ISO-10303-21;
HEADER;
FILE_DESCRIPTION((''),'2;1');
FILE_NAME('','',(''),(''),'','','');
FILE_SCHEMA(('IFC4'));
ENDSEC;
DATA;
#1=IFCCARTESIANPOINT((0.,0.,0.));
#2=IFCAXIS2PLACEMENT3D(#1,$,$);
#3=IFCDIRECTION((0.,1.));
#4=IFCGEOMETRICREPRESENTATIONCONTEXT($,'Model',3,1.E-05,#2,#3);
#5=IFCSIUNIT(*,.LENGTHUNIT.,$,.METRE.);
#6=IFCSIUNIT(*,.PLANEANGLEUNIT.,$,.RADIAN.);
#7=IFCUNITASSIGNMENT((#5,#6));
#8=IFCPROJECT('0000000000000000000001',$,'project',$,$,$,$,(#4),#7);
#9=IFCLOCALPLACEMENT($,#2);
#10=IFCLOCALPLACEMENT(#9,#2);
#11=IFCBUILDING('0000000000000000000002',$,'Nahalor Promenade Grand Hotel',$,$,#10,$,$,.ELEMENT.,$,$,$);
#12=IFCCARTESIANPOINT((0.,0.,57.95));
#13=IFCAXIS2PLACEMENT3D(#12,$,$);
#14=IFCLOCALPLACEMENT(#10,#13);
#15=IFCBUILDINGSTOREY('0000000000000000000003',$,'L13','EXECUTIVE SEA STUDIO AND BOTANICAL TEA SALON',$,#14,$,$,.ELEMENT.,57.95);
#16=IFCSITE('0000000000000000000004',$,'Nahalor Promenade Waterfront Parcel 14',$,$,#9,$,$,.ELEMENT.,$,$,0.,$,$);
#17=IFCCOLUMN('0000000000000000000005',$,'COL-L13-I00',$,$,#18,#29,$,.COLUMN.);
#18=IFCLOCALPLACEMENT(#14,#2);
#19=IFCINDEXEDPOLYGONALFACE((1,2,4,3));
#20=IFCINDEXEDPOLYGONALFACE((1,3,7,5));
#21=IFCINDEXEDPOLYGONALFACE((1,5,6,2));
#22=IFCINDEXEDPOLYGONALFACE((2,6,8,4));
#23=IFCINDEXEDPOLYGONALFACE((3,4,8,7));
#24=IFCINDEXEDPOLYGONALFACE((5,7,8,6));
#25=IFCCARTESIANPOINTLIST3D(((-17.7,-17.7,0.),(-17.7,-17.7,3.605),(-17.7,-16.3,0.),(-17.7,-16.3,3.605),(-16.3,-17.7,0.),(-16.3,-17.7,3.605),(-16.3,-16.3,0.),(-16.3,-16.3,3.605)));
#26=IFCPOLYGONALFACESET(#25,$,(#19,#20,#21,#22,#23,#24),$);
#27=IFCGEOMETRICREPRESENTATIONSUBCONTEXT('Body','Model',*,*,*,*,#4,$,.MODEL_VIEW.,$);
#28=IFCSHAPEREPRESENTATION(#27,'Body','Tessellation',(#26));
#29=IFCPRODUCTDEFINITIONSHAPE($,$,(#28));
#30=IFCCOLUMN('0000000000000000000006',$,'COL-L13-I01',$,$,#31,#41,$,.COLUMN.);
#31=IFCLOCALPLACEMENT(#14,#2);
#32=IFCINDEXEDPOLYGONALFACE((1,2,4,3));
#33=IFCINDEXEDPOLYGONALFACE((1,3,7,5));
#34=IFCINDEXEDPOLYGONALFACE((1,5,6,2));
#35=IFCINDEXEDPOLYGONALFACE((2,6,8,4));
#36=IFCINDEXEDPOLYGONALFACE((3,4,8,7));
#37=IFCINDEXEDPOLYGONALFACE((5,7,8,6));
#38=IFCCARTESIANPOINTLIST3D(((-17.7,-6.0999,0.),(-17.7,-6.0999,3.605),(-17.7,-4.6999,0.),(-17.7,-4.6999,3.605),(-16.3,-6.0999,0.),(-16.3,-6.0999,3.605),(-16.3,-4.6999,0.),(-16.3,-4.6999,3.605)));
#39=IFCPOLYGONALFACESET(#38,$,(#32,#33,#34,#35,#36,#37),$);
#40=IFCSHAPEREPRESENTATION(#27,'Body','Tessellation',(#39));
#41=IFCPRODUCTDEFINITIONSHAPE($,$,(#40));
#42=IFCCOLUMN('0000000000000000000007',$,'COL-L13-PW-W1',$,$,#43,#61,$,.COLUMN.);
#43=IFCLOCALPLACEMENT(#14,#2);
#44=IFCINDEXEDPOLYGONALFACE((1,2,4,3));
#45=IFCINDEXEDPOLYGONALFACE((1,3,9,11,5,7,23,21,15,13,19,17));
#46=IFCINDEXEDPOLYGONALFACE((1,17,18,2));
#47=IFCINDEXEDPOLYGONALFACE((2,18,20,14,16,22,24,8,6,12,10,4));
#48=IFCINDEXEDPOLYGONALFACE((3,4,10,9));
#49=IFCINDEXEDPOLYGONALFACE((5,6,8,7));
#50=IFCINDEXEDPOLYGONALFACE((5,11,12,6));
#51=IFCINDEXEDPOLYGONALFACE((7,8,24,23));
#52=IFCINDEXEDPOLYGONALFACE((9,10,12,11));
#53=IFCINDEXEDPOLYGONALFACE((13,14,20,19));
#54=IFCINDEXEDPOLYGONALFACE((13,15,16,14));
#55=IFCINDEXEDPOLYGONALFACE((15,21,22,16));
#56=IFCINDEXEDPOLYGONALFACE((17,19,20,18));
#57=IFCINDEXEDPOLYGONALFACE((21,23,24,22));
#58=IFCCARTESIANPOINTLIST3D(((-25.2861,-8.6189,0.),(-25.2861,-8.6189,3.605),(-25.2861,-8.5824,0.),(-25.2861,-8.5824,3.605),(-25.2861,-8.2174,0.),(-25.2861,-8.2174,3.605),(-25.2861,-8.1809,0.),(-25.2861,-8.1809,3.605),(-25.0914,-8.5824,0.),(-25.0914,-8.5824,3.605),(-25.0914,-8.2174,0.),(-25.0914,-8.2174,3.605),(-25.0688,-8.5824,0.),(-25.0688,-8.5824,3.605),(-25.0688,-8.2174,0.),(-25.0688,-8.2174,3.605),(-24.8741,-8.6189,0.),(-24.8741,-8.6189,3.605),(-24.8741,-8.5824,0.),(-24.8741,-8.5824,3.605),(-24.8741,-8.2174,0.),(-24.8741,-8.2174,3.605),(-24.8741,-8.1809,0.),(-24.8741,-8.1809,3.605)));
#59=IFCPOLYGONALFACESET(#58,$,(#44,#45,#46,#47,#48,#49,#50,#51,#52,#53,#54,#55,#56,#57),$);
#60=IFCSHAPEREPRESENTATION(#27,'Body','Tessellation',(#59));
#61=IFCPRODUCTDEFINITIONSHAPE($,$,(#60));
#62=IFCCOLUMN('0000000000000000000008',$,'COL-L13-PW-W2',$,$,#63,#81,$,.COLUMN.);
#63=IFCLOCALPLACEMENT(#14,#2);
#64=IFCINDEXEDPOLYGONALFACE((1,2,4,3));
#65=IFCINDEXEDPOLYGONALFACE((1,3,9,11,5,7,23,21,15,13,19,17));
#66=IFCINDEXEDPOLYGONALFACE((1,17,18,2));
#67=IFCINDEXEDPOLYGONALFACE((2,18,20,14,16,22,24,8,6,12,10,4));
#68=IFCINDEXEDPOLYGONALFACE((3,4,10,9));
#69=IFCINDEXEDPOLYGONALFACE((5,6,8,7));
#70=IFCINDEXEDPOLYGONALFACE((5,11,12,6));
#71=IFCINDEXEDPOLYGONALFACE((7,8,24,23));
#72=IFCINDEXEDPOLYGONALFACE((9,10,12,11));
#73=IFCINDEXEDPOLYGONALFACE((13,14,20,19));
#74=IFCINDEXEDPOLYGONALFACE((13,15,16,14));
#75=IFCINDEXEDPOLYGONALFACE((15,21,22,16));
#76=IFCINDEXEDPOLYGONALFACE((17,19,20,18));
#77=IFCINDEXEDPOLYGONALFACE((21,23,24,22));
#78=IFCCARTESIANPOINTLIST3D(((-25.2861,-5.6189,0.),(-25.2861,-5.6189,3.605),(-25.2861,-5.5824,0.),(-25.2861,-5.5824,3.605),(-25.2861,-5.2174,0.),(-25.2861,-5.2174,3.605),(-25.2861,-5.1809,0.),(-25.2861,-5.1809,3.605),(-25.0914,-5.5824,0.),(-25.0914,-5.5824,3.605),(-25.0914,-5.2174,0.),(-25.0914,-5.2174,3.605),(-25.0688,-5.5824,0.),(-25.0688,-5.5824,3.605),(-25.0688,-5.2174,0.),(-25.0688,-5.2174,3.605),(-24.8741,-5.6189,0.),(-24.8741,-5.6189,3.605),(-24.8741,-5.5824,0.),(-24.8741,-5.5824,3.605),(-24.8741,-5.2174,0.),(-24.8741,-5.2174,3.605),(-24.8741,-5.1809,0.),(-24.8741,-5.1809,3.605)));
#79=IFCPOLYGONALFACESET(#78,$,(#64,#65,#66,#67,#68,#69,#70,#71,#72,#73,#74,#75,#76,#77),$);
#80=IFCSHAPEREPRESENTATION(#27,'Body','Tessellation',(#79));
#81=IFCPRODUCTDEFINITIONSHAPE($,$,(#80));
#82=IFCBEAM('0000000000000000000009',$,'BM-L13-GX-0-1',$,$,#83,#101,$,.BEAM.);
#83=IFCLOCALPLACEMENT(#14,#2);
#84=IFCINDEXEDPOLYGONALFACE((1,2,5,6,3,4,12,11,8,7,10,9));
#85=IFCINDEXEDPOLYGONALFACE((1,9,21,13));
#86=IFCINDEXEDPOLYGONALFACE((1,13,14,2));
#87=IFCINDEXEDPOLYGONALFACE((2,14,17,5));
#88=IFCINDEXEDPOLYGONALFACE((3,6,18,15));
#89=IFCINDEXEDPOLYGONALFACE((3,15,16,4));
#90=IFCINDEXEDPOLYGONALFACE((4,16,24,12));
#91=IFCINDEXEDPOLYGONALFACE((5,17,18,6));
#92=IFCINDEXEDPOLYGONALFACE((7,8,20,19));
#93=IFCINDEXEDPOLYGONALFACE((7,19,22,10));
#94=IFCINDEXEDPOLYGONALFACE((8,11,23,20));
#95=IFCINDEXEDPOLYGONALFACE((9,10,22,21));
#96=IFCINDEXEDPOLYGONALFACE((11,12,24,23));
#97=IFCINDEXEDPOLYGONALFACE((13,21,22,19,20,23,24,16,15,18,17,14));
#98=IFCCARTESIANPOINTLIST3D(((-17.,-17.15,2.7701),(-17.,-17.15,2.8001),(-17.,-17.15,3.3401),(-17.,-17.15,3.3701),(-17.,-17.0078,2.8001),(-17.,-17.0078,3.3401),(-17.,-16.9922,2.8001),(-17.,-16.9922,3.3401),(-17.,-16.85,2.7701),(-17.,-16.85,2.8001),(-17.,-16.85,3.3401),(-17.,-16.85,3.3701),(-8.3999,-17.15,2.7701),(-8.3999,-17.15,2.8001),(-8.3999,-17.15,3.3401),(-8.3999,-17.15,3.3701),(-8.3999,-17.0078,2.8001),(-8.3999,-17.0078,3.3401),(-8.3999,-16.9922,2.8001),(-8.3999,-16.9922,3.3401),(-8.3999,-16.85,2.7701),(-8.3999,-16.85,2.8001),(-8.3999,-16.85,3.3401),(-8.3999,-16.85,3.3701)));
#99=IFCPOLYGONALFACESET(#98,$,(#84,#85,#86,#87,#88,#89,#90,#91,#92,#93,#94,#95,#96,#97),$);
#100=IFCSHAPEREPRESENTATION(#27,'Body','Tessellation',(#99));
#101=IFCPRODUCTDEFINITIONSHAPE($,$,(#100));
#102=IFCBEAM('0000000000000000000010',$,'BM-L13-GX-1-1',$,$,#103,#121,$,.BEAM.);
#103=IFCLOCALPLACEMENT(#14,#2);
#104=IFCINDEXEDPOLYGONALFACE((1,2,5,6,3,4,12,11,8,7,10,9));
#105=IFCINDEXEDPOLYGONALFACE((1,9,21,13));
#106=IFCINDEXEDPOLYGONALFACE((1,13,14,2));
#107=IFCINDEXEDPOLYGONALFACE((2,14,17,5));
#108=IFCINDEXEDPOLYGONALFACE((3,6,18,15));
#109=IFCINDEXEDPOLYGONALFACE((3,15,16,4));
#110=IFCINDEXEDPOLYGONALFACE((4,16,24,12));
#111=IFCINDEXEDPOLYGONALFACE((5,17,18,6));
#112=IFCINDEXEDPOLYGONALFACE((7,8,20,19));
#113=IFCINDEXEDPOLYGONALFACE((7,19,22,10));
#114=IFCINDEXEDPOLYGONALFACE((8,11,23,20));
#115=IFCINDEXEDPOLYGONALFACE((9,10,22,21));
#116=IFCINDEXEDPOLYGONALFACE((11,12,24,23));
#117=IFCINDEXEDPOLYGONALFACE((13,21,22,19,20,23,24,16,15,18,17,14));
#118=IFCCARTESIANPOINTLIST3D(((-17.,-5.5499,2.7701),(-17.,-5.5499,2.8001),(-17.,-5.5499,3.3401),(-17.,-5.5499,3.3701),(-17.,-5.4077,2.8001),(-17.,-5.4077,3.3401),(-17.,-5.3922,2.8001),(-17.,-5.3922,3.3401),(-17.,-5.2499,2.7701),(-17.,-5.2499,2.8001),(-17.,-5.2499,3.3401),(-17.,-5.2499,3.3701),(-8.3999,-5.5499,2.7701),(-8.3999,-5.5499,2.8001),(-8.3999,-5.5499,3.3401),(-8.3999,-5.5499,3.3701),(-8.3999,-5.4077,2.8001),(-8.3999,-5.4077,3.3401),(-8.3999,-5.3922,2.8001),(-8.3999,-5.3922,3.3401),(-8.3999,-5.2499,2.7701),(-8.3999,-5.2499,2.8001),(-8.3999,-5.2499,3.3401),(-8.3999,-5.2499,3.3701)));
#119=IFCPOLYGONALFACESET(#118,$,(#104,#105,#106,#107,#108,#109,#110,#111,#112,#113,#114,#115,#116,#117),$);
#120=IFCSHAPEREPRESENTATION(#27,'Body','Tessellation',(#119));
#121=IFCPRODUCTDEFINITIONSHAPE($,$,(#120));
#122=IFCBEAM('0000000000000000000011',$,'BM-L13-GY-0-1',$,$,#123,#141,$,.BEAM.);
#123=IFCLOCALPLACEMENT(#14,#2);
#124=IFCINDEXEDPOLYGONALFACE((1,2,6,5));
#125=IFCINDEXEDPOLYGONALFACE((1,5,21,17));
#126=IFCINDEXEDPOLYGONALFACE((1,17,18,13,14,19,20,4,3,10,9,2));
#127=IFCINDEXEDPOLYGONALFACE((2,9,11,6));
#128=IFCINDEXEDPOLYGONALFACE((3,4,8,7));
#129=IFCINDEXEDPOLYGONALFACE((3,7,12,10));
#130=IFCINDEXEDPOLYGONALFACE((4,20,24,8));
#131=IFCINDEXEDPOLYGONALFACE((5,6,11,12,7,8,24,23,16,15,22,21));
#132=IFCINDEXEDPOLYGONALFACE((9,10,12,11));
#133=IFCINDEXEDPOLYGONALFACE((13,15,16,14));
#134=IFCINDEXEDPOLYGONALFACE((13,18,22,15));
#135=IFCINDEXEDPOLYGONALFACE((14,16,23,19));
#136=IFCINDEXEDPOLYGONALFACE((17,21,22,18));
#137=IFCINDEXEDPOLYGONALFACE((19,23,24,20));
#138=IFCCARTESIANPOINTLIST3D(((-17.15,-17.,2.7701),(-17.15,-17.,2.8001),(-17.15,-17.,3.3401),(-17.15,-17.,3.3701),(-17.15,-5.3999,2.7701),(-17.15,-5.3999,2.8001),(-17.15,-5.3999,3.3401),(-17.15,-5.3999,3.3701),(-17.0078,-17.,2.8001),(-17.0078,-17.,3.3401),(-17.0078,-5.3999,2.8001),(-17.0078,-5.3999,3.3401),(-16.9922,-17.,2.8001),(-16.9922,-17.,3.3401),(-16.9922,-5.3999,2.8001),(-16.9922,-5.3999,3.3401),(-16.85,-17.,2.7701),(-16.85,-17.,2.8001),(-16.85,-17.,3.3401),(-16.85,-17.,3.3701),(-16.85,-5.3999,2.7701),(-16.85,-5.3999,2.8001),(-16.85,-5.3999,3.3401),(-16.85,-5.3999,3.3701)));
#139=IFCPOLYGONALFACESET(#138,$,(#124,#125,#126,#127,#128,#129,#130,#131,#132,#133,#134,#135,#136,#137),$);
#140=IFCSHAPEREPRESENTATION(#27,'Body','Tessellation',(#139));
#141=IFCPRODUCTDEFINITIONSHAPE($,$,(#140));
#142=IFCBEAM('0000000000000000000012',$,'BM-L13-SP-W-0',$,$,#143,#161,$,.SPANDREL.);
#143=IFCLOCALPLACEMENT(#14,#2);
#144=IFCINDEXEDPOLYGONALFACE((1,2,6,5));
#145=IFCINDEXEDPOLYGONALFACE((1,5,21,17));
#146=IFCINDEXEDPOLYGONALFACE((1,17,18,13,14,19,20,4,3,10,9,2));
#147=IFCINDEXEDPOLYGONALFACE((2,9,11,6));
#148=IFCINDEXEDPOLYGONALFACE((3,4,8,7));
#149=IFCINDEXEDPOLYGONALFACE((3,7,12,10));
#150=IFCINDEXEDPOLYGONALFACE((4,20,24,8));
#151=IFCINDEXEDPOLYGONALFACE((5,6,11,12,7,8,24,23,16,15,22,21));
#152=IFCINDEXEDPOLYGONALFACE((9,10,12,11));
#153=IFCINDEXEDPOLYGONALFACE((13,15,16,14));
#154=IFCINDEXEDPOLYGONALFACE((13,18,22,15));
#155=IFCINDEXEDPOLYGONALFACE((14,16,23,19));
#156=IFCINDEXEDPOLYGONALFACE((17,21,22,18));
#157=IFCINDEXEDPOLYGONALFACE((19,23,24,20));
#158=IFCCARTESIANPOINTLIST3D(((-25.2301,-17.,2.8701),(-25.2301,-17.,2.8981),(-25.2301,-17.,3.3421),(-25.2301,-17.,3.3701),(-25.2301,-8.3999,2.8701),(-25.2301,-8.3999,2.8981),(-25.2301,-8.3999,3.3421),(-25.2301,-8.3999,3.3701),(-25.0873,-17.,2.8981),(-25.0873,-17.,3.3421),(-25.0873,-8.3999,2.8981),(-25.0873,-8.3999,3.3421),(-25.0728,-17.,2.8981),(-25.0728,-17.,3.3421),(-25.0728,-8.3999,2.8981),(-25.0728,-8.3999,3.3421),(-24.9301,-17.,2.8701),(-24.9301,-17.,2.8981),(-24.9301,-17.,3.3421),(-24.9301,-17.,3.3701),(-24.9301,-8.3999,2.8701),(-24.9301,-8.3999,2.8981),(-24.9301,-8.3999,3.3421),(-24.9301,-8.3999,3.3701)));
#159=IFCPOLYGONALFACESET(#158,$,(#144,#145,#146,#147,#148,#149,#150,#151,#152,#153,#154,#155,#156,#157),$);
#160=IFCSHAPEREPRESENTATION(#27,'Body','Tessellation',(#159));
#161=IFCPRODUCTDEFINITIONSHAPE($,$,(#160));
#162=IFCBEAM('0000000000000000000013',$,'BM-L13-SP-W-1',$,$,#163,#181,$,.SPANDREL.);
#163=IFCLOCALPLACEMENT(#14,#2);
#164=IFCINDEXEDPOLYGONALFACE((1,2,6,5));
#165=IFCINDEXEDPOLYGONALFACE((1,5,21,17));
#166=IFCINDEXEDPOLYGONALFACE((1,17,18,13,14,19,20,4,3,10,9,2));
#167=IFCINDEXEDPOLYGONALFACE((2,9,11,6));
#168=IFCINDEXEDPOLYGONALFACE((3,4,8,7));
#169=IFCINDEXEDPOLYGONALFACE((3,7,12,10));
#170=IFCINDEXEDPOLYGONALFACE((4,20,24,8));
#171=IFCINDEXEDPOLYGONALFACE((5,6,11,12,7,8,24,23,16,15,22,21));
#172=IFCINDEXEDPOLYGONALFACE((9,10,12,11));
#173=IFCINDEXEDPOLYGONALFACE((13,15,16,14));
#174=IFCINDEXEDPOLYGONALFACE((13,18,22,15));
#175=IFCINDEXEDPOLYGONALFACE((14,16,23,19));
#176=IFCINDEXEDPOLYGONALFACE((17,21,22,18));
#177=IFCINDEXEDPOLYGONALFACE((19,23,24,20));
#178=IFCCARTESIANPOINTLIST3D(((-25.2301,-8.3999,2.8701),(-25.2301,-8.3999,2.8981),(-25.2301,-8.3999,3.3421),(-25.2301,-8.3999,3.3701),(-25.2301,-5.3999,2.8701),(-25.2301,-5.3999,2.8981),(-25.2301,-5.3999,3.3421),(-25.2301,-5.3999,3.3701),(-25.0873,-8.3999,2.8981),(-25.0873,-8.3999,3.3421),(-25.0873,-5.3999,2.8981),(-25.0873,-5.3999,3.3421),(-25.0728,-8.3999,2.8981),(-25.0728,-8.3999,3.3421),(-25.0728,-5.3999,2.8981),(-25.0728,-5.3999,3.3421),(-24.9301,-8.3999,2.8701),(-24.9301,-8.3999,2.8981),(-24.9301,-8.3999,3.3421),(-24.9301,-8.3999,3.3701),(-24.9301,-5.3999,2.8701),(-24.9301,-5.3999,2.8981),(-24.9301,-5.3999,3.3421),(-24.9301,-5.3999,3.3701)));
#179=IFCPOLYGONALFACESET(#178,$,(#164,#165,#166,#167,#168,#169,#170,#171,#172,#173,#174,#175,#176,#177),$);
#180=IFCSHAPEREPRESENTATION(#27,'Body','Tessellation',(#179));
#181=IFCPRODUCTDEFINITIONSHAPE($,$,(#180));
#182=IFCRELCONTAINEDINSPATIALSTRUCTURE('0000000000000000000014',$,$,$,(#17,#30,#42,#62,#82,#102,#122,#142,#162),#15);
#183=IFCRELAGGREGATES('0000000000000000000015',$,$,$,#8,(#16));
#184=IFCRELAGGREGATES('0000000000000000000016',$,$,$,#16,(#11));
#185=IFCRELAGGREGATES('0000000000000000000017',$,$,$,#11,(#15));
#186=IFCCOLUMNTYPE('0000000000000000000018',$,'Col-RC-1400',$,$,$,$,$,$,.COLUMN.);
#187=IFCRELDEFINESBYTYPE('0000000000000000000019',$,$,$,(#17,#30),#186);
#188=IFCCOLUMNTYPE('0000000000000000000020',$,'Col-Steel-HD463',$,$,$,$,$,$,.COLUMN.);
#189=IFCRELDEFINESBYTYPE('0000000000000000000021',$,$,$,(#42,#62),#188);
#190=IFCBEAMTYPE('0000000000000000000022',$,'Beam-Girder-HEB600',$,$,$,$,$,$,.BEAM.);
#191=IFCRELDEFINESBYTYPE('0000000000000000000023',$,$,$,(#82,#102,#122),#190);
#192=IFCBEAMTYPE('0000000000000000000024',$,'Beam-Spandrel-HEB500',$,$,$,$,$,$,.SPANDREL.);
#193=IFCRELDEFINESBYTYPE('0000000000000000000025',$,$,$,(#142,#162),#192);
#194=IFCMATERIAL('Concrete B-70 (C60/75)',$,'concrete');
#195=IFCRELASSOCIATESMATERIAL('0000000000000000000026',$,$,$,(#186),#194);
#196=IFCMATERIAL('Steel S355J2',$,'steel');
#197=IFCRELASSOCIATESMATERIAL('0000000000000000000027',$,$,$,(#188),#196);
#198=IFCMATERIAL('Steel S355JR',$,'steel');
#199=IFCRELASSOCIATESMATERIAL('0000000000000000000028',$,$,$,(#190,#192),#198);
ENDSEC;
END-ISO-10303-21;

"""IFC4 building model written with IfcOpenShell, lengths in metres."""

from ifc_helpers import new_model, si_unit, direction, frame, origin, origin_2d, place, context, subcontext, project, spatial, rectangle, i_section, extrude, source, transform, mapped, material, material_profile, profile_set, type_object, element, save


model = new_model("IFC4")

# Units and contexts
model_context = context("Model", 3, precision=1e-05, world=origin(), true_north=direction((0.0, 1.0)))
body_context = subcontext(model_context, "Body", "Model", "MODEL_VIEW")
ifc_project = project(units=[si_unit("LENGTHUNIT", "METRE"), si_unit("PLANEANGLEUNIT", "RADIAN")], contexts=[model_context])

# Site, building, storey
site_placement = place(None, origin())
site = spatial("IfcSite", under=ifc_project, at=site_placement, Name="Nahalor Promenade Waterfront Parcel 14", CompositionType="ELEMENT", RefElevation=0.0)
building_placement = place(site_placement, origin())
building = spatial("IfcBuilding", under=site, at=building_placement, Name="Nahalor Promenade Grand Hotel", CompositionType="ELEMENT")
storey_placement = place(building_placement, frame((0.0, 0.0, 57.95)))
storey = spatial("IfcBuildingStorey", under=building, at=storey_placement, Name="L13", Description="EXECUTIVE SEA STUDIO AND BOTANICAL TEA SALON", CompositionType="ELEMENT", Elevation=57.95)

# Columns
ifc_material_1 = material(Name="Concrete B-70 (C60/75)", Category="concrete")
ifc_material_profile_1 = material_profile(ifc_material_1, rectangle(XDim=1.4, YDim=1.4, at=origin_2d()), Name="RC 1400x1400")
ifc_profile_set_1 = profile_set([ifc_material_profile_1], Name="Concrete B-70 (C60/75)")
column_type_1 = type_object("IfcColumnType", Name="Col-RC-1400", PredefinedType="COLUMN", material=ifc_profile_set_1)
shared_shape_1 = source(origin(), body_context, "Body", "SweptSolid", [
    extrude(rectangle(XDim=1.4, YDim=1.4, at=origin_2d()), origin(), (0.0, 0.0, 1.0), 3.605),
])
for number, where, z_axis, x_axis, name in (
    (1, (-17.0, -17.0, 0.0), (0.0, 0.0, 1.0), (1.0, 0.0, 0.0), "COL-L13-I00"),
    (2, (-17.0, -5.3999, 0.0), (0.0, 0.0, 1.0), (1.0, 0.0, 0.0), "COL-L13-I01"),
):
    element("IfcColumn", number, at=place(storey_placement, frame(where, z_axis=z_axis, x_axis=x_axis)), inside=storey, type_object=column_type_1, Name=name, PredefinedType="COLUMN", context=body_context, shape_type="MappedRepresentation", body=[
        mapped(shared_shape_1, transform((0.0, 0.0, 0.0), scale=1.0)),
    ])
ifc_material_2 = material(Name="Steel S355J2", Category="steel")
ifc_material_profile_2 = material_profile(ifc_material_2, i_section(OverallWidth=0.412, OverallDepth=0.438, WebThickness=0.0226, FlangeThickness=0.0365, at=origin_2d()), Name="HD 400x463")
ifc_profile_set_2 = profile_set([ifc_material_profile_2], Name="Steel S355J2")
column_type_2 = type_object("IfcColumnType", Name="Col-Steel-HD463", PredefinedType="COLUMN", material=ifc_profile_set_2)
shared_shape_2 = source(origin(), body_context, "Body", "SweptSolid", [
    extrude(i_section(OverallWidth=0.412, OverallDepth=0.438, WebThickness=0.0226, FlangeThickness=0.0365, at=origin_2d()), origin(), (0.0, 0.0, 1.0), 3.605),
])
for number, where, z_axis, x_axis, name in (
    (3, (-25.0801, -8.3999, 0.0), (0.0, 0.0, 1.0), (1.0, 0.0, 0.0), "COL-L13-PW-W1"),
    (4, (-25.0801, -5.3999, 0.0), (0.0, 0.0, 1.0), (1.0, 0.0, 0.0), "COL-L13-PW-W2"),
):
    element("IfcColumn", number, at=place(storey_placement, frame(where, z_axis=z_axis, x_axis=x_axis)), inside=storey, type_object=column_type_2, Name=name, PredefinedType="COLUMN", context=body_context, shape_type="MappedRepresentation", body=[
        mapped(shared_shape_2, transform((0.0, 0.0, 0.0), scale=1.0)),
    ])

# Beams
ifc_material_3 = material(Name="Steel S355JR", Category="steel")
ifc_material_profile_3 = material_profile(ifc_material_3, i_section(OverallWidth=0.3, OverallDepth=0.6, WebThickness=0.0155, FlangeThickness=0.03, at=origin_2d()), Name="HEB 600")
ifc_profile_set_3 = profile_set([ifc_material_profile_3], Name="Steel S355JR")
beam_type_1 = type_object("IfcBeamType", Name="Beam-Girder-HEB600", PredefinedType="BEAM", material=ifc_profile_set_3)
shared_shape_3 = source(origin(), body_context, "Body", "SweptSolid", [
    extrude(i_section(OverallWidth=0.3, OverallDepth=0.6, WebThickness=0.0155, FlangeThickness=0.03, at=origin_2d()), origin(), (0.0, 0.0, 1.0), 8.6001),
])
for number, where, z_axis, x_axis, name in (
    (5, (-17.0, -17.0, 3.0701), (1.0, 0.0, 0.0), (0.0, 1.0, 0.0), "BM-L13-GX-0-1"),
    (6, (-17.0, -5.3999, 3.0701), (1.0, 0.0, 0.0), (0.0, 1.0, 0.0), "BM-L13-GX-1-1"),
):
    element("IfcBeam", number, at=place(storey_placement, frame(where, z_axis=z_axis, x_axis=x_axis)), inside=storey, type_object=beam_type_1, Name=name, PredefinedType="BEAM", context=body_context, shape_type="MappedRepresentation", body=[
        mapped(shared_shape_3, transform((0.0, 0.0, 0.0), scale=1.0)),
    ])
shared_shape_4 = source(origin(), body_context, "Body", "SweptSolid", [
    extrude(i_section(OverallWidth=0.3, OverallDepth=0.6, WebThickness=0.0155, FlangeThickness=0.03, at=origin_2d()), origin(), (0.0, 0.0, 1.0), 11.6001),
])
beam_1_placement = place(storey_placement, frame((-17.0, -17.0, 3.0701), z_axis=(0.0, 1.0, 0.0), x_axis=(-1.0, 0.0, 0.0)))
element("IfcBeam", 7, at=beam_1_placement, inside=storey, type_object=beam_type_1, Name="BM-L13-GY-0-1", PredefinedType="BEAM", context=body_context, shape_type="MappedRepresentation", body=[
    mapped(shared_shape_4, transform((0.0, 0.0, 0.0), scale=1.0)),
])
ifc_material_profile_4 = material_profile(ifc_material_3, i_section(OverallWidth=0.3, OverallDepth=0.5, WebThickness=0.0145, FlangeThickness=0.028, at=origin_2d()), Name="HEB 500")
ifc_profile_set_4 = profile_set([ifc_material_profile_4], Name="Steel S355JR")
beam_type_2 = type_object("IfcBeamType", Name="Beam-Spandrel-HEB500", PredefinedType="SPANDREL", material=ifc_profile_set_4)
shared_shape_5 = source(origin(), body_context, "Body", "SweptSolid", [
    extrude(i_section(OverallWidth=0.3, OverallDepth=0.5, WebThickness=0.0145, FlangeThickness=0.028, at=origin_2d()), origin(), (0.0, 0.0, 1.0), 8.6001),
])
beam_2_placement = place(storey_placement, frame((-25.0801, -17.0, 3.1201), z_axis=(0.0, 1.0, 0.0), x_axis=(-1.0, 0.0, 0.0)))
element("IfcBeam", 8, at=beam_2_placement, inside=storey, type_object=beam_type_2, Name="BM-L13-SP-W-0", PredefinedType="SPANDREL", context=body_context, shape_type="MappedRepresentation", body=[
    mapped(shared_shape_5, transform((0.0, 0.0, 0.0), scale=1.0)),
])
shared_shape_6 = source(origin(), body_context, "Body", "SweptSolid", [
    extrude(i_section(OverallWidth=0.3, OverallDepth=0.5, WebThickness=0.0145, FlangeThickness=0.028, at=origin_2d()), origin(), (0.0, 0.0, 1.0), 3.0),
])
beam_3_placement = place(storey_placement, frame((-25.0801, -8.3999, 3.1201), z_axis=(0.0, 1.0, 0.0), x_axis=(-1.0, 0.0, 0.0)))
element("IfcBeam", 9, at=beam_3_placement, inside=storey, type_object=beam_type_2, Name="BM-L13-SP-W-1", PredefinedType="SPANDREL", context=body_context, shape_type="MappedRepresentation", body=[
    mapped(shared_shape_6, transform((0.0, 0.0, 0.0), scale=1.0)),
])

save(model, "model.ifc")
